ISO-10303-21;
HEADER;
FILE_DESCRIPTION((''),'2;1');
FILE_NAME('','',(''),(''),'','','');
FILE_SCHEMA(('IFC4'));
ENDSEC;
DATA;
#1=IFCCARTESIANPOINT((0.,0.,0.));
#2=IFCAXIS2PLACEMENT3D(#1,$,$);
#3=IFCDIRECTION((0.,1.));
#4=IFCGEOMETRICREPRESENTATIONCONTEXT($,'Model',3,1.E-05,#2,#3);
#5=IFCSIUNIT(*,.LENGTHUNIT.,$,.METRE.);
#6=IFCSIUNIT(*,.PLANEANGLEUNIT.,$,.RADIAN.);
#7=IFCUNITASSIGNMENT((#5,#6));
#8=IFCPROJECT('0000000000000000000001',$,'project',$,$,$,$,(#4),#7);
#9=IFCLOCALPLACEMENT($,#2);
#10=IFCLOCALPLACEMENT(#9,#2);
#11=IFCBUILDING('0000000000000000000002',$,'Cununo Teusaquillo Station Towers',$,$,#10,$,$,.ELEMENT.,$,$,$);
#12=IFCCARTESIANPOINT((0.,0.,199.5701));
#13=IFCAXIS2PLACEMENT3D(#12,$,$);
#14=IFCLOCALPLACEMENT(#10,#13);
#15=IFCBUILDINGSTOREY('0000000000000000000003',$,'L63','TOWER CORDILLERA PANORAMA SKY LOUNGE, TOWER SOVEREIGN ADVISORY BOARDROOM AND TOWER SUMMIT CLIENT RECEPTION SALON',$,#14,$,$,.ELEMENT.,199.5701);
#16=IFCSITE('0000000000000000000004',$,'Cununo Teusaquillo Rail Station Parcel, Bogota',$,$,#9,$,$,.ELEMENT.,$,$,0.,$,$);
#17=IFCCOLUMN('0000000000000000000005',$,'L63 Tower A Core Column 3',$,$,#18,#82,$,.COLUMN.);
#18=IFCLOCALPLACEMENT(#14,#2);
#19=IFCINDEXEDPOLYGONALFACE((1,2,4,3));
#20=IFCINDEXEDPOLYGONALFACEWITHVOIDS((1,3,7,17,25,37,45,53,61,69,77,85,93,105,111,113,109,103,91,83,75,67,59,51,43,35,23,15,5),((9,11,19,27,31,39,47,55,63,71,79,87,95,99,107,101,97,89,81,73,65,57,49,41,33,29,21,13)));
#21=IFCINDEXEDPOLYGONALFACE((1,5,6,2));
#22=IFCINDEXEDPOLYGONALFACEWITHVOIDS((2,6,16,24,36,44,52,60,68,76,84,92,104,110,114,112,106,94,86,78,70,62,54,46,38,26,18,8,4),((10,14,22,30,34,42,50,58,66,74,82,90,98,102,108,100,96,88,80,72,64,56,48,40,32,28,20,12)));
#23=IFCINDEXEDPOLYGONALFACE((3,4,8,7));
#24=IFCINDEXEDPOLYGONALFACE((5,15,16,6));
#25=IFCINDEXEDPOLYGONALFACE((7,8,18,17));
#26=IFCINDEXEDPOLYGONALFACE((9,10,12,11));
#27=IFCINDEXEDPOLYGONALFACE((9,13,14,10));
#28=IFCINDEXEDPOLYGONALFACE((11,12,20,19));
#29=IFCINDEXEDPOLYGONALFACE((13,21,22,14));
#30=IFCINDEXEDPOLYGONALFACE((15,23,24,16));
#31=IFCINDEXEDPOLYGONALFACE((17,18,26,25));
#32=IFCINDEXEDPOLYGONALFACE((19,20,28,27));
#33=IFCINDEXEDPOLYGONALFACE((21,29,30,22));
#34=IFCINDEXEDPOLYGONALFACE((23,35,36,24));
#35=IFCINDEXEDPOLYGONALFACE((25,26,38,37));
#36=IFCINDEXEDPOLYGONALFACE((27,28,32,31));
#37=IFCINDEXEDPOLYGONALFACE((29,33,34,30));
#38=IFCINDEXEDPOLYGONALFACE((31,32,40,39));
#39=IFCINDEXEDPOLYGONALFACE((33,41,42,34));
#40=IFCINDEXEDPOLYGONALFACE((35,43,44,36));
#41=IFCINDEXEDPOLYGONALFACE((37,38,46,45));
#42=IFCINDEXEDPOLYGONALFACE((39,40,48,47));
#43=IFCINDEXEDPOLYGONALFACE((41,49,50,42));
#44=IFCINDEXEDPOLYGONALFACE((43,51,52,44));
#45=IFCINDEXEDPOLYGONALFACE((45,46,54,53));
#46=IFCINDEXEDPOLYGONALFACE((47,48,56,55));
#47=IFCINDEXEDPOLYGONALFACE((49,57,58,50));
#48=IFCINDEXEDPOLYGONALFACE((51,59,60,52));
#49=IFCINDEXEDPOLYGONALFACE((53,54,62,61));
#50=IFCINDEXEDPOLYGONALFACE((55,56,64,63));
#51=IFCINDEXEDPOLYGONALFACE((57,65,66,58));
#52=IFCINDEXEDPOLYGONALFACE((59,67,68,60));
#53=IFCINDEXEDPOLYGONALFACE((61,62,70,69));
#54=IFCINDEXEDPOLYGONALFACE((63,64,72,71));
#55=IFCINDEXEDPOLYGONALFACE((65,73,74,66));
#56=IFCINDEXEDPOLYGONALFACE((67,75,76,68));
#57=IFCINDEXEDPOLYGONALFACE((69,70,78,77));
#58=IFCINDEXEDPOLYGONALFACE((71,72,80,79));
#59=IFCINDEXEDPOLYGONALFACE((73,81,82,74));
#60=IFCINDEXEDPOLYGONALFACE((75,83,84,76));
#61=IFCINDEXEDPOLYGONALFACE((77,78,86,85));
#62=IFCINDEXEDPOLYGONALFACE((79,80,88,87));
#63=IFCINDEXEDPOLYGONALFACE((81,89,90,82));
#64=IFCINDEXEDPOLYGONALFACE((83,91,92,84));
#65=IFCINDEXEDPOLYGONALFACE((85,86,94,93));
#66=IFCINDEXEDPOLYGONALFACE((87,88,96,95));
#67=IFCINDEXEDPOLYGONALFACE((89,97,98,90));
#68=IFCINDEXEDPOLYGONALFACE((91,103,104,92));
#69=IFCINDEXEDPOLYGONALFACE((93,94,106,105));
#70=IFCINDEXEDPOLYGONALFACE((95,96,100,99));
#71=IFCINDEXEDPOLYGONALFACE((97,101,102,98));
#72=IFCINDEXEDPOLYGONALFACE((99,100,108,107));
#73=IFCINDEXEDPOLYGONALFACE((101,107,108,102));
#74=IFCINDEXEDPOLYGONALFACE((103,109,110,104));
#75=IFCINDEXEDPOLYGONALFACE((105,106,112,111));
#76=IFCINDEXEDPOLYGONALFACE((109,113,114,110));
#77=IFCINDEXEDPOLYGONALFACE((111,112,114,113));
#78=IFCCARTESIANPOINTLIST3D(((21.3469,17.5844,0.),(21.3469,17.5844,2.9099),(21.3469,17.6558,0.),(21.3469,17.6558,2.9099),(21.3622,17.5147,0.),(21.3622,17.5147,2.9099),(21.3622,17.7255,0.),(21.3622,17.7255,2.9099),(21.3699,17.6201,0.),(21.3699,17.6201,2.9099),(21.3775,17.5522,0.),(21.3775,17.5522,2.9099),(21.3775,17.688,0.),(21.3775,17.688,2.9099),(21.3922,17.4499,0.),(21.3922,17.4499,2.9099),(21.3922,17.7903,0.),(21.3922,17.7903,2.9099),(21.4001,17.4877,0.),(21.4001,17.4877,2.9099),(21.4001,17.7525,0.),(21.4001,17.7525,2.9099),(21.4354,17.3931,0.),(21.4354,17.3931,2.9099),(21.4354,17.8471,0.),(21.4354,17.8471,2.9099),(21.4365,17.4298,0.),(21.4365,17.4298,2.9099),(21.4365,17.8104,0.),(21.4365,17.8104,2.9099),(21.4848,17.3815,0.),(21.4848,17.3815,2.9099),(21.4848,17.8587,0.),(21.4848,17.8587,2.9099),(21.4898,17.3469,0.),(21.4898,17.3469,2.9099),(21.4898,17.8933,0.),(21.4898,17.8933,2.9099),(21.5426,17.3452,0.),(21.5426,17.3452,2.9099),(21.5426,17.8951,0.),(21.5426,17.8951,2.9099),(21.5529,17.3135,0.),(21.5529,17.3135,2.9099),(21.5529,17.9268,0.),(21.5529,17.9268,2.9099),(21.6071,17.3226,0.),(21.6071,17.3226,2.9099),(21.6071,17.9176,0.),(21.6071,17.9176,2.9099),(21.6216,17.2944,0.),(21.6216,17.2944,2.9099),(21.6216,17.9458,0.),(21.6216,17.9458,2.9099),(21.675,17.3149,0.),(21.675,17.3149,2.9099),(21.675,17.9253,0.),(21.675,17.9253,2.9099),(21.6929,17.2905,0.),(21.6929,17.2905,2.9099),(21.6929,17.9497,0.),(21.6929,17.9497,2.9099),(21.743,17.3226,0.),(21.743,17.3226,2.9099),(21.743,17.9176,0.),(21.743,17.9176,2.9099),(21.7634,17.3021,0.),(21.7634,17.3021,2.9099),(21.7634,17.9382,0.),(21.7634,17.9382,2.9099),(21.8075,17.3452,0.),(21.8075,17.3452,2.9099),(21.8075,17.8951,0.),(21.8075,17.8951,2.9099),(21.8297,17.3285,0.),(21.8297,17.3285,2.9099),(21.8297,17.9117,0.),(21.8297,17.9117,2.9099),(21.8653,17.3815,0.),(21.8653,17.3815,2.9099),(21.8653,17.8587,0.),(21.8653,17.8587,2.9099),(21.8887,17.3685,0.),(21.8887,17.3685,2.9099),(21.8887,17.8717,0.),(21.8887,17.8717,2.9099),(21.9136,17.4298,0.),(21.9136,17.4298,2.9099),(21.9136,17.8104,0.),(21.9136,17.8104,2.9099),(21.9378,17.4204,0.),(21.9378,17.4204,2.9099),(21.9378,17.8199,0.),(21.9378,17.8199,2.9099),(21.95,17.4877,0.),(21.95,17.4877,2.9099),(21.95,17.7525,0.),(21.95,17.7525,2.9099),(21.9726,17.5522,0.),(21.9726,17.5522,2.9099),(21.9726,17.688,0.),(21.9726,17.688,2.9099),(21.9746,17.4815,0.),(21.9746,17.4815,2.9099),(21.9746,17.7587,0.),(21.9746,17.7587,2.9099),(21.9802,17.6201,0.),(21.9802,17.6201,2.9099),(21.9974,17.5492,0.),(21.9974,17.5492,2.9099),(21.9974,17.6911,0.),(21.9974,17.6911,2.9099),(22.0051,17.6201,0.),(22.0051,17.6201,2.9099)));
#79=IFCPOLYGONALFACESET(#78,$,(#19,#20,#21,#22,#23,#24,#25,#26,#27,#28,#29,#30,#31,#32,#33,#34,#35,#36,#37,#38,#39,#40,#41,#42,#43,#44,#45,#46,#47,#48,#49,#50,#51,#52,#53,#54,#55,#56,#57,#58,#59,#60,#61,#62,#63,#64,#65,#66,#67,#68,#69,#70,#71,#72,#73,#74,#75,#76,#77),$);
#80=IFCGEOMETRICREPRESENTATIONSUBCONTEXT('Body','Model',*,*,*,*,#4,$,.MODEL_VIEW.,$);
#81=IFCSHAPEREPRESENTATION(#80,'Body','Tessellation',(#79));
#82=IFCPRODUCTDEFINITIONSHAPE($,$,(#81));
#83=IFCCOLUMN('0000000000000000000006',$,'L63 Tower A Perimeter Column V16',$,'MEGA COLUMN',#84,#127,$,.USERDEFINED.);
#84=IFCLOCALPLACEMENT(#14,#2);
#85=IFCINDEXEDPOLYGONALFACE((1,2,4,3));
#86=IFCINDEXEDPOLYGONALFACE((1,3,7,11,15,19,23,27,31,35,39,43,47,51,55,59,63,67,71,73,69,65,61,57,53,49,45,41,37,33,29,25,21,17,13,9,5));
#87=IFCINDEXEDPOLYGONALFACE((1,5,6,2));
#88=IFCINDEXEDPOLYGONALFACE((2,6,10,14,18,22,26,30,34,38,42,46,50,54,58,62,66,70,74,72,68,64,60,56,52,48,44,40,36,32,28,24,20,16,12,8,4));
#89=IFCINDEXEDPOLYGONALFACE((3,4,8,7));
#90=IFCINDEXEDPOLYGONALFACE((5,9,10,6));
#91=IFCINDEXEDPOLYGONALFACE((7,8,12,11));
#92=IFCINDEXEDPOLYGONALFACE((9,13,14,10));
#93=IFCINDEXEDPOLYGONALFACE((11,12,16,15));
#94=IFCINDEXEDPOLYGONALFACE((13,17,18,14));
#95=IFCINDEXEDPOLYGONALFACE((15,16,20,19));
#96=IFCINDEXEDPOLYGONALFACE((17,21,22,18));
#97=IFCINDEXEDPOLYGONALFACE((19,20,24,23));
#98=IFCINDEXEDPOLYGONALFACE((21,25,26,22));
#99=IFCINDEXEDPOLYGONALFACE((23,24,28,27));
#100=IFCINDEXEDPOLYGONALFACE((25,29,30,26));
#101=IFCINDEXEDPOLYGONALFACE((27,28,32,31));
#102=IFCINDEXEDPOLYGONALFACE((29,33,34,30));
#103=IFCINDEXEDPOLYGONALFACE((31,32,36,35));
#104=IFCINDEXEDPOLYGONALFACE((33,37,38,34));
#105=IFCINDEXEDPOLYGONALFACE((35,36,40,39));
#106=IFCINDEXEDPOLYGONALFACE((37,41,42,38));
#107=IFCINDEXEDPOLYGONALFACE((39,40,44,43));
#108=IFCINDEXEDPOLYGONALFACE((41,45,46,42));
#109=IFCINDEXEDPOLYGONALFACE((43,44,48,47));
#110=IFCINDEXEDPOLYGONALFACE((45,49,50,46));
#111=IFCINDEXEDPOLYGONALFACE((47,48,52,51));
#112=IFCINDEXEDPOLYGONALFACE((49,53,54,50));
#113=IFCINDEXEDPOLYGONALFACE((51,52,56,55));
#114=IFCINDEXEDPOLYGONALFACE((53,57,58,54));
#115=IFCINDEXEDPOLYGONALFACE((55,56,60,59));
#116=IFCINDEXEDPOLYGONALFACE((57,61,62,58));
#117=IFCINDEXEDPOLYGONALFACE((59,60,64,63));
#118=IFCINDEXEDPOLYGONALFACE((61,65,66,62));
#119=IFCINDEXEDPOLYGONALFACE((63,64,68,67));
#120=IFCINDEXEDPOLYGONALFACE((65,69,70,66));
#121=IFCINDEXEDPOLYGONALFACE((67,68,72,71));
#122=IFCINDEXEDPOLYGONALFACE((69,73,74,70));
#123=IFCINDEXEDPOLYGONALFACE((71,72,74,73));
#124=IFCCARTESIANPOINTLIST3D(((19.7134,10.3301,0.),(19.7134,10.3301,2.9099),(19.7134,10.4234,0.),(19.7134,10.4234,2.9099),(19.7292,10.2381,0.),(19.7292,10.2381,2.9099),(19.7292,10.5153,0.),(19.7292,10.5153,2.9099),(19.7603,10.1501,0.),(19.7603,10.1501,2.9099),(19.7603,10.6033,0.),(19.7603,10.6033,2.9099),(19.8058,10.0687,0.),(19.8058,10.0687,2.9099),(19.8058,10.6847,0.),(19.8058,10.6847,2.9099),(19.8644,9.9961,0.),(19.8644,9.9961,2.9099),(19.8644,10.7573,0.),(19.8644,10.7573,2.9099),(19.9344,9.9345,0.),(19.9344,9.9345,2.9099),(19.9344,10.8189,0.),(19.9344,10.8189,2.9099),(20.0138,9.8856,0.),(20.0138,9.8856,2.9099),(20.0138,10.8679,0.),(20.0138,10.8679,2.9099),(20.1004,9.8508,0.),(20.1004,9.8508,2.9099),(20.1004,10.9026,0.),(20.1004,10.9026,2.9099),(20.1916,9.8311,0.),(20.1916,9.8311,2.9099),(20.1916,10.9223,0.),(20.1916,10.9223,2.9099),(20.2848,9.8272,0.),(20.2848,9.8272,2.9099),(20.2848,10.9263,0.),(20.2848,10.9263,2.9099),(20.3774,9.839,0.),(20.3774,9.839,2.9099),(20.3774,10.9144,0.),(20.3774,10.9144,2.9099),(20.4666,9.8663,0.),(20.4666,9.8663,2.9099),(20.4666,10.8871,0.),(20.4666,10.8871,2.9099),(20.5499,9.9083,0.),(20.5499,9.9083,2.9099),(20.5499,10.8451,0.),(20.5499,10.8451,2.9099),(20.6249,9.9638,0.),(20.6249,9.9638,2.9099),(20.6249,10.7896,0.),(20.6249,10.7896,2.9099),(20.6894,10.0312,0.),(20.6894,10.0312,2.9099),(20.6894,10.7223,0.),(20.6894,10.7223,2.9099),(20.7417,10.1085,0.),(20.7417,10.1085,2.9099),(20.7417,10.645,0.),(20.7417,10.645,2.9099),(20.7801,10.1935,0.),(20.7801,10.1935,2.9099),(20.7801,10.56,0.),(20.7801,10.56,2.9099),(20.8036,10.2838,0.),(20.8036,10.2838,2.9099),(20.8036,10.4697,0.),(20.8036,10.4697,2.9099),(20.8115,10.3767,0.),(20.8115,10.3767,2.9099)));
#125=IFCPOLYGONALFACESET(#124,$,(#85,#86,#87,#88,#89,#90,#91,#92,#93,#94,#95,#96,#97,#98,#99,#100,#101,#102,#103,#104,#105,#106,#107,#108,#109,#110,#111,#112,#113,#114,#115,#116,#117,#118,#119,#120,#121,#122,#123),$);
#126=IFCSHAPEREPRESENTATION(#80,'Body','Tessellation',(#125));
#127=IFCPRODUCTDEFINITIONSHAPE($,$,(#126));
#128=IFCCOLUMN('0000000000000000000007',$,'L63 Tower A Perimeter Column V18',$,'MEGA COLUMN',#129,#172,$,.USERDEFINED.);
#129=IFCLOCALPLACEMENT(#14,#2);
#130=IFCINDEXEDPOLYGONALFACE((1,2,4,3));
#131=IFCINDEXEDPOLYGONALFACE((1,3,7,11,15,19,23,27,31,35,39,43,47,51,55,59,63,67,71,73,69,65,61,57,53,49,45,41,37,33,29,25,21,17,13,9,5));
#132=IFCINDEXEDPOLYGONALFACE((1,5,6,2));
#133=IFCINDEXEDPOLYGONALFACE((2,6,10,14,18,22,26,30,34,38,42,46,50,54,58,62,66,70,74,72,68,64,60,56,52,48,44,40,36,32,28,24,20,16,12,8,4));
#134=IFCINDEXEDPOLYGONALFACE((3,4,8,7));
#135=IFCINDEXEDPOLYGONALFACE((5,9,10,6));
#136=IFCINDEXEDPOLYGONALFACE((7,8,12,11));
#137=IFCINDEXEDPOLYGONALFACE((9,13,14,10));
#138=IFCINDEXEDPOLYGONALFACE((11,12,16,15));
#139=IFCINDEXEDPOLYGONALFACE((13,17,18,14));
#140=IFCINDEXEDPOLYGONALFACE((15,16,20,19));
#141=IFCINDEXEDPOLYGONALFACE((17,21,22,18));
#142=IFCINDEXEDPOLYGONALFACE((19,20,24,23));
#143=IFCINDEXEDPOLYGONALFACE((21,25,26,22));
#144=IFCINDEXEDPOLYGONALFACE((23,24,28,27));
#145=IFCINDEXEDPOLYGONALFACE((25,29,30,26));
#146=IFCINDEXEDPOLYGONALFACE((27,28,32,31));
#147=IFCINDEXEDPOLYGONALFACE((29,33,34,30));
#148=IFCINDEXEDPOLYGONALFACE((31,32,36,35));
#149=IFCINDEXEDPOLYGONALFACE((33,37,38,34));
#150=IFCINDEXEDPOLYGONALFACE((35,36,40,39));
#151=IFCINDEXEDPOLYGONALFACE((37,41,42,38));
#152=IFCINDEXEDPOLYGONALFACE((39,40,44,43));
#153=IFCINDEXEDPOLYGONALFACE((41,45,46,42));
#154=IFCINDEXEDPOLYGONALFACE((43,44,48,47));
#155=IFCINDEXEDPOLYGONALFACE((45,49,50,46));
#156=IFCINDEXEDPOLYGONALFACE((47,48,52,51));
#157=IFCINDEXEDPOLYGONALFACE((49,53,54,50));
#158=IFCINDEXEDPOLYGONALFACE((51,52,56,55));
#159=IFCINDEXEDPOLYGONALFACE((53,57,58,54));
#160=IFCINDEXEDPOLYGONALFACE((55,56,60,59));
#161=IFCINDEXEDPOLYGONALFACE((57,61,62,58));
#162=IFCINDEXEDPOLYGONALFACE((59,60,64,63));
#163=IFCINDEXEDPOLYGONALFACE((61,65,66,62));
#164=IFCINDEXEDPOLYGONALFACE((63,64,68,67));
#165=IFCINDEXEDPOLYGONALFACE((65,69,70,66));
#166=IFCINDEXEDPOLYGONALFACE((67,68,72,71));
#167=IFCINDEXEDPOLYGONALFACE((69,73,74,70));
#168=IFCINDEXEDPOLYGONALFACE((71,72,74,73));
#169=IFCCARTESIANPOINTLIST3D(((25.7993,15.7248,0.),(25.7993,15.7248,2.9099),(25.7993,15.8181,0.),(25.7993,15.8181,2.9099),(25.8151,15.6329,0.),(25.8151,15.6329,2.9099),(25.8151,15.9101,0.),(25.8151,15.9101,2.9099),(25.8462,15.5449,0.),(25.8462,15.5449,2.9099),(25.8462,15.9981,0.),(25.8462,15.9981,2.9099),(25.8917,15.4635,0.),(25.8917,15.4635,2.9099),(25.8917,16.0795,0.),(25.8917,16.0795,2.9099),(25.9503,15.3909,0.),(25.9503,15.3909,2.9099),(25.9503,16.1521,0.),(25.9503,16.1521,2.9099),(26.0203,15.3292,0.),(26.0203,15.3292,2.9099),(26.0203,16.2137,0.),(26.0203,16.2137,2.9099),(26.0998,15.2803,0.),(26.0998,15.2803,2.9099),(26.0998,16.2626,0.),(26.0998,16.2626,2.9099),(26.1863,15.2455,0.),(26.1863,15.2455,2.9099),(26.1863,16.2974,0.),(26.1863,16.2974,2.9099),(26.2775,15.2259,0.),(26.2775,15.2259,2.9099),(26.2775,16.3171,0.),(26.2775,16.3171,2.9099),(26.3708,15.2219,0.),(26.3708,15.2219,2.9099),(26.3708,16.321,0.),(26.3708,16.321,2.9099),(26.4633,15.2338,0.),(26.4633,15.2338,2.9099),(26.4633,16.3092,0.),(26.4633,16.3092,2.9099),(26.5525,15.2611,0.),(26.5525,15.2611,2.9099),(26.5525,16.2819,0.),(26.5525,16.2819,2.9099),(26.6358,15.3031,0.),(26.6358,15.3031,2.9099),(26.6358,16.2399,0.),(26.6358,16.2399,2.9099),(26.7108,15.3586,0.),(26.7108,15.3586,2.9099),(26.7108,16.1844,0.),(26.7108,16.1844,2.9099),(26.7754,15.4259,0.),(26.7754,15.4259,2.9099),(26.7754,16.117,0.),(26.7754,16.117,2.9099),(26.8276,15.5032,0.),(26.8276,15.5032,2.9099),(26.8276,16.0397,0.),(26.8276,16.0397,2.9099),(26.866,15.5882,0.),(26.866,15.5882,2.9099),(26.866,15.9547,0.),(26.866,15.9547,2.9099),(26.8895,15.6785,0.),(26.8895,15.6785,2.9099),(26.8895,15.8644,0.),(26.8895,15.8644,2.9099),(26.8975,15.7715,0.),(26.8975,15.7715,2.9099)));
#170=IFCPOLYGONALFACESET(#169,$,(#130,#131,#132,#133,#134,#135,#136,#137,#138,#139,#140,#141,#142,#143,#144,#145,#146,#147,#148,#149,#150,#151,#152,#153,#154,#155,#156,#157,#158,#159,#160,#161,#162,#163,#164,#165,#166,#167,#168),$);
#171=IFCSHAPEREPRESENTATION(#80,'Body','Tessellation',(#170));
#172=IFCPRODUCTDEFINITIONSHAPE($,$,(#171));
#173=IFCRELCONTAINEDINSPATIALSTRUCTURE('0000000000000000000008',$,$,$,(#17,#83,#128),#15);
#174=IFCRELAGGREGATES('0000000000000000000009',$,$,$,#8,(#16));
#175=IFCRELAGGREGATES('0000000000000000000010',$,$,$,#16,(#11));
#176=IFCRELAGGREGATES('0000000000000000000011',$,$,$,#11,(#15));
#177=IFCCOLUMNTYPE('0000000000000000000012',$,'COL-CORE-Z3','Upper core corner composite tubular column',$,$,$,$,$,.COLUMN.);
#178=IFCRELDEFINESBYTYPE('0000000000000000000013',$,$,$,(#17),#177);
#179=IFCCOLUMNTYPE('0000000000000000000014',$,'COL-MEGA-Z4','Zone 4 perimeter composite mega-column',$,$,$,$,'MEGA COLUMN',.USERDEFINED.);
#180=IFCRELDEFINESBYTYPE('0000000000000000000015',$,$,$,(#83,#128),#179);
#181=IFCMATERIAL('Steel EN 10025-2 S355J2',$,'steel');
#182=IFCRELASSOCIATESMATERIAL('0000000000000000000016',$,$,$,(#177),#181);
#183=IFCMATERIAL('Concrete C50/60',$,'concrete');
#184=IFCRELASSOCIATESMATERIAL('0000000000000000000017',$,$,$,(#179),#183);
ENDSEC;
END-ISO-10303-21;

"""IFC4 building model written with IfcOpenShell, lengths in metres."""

from ifc_helpers import new_model, si_unit, direction, frame, origin, origin_2d, place, context, subcontext, project, spatial, circle, hollow_circle, extrude, material, material_profile, profile_set, type_object, element, save


model = new_model("IFC4")

# Units and contexts
model_context = context("Model", 3, precision=1e-05, world=origin(), true_north=direction((0.0, 1.0)))
body_context = subcontext(model_context, "Body", "Model", "MODEL_VIEW")
ifc_project = project(units=[si_unit("LENGTHUNIT", "METRE"), si_unit("PLANEANGLEUNIT", "RADIAN")], contexts=[model_context])

# Site, building, storey
site_placement = place(None, origin())
site = spatial("IfcSite", under=ifc_project, at=site_placement, Name="Cununo Teusaquillo Rail Station Parcel, Bogota", CompositionType="ELEMENT", RefElevation=0.0)
building_placement = place(site_placement, origin())
building = spatial("IfcBuilding", under=site, at=building_placement, Name="Cununo Teusaquillo Station Towers", CompositionType="ELEMENT")
storey_placement = place(building_placement, frame((0.0, 0.0, 199.5701)))
storey = spatial("IfcBuildingStorey", under=building, at=storey_placement, Name="L63", Description="TOWER CORDILLERA PANORAMA SKY LOUNGE, TOWER SOVEREIGN ADVISORY BOARDROOM AND TOWER SUMMIT CLIENT RECEPTION SALON", CompositionType="ELEMENT", Elevation=199.5701)

# Columns
ifc_material_1 = material(Name="Steel EN 10025-2 S355J2", Category="steel")
ifc_material_profile_1 = material_profile(ifc_material_1, hollow_circle(Radius=0.3301, WallThickness=0.0249, at=origin_2d()), Name="CHS 660x25")
ifc_profile_set_1 = profile_set([ifc_material_profile_1], Name="Steel EN 10025-2 S355J2")
column_type_1 = type_object("IfcColumnType", Name="COL-CORE-Z3", Description="Upper core corner composite tubular column", PredefinedType="COLUMN", material=ifc_profile_set_1)
column_placement = place(storey_placement, frame((21.675, 17.6201, 0.0), z_axis=(0.0, 0.0, 1.0), x_axis=(1.0, 0.0, 0.0)))
element("IfcColumn", 1, at=column_placement, inside=storey, type_object=column_type_1, Name="L63 Tower A Core Column 3", PredefinedType="COLUMN", context=body_context, shape_type="SweptSolid", body=[
    extrude(hollow_circle(Radius=0.3301, WallThickness=0.0249, at=origin_2d()), origin(), (0.0, 0.0, 1.0), 2.9099),
])
ifc_material_2 = material(Name="Concrete C50/60", Category="concrete")
ifc_material_profile_2 = material_profile(ifc_material_2, circle(Radius=0.55, at=origin_2d()), Name="RC-CIRC-1100")
ifc_profile_set_2 = profile_set([ifc_material_profile_2], Name="Concrete C50/60")
column_type_2 = type_object("IfcColumnType", Name="COL-MEGA-Z4", Description="Zone 4 perimeter composite mega-column", ElementType="MEGA COLUMN", PredefinedType="USERDEFINED", material=ifc_profile_set_2)
for number, where, z_axis, x_axis, name in (
    (2, (20.2615, 10.3767, 0.0), (0.0, 0.0, 1.0), (1.0, 0.0, 0.0), "L63 Tower A Perimeter Column V16"),
    (3, (26.3474, 15.7715, 0.0), (0.0, 0.0, 1.0), (1.0, 0.0, 0.0), "L63 Tower A Perimeter Column V18"),
):
    element("IfcColumn", number, at=place(storey_placement, frame(where, z_axis=z_axis, x_axis=x_axis)), inside=storey, type_object=column_type_2, Name=name, ObjectType="MEGA COLUMN", PredefinedType="USERDEFINED", context=body_context, shape_type="SweptSolid", body=[
        extrude(circle(Radius=0.55, at=origin_2d()), origin(), (0.0, 0.0, 1.0), 2.9099),
    ])

save(model, "model.ifc")
